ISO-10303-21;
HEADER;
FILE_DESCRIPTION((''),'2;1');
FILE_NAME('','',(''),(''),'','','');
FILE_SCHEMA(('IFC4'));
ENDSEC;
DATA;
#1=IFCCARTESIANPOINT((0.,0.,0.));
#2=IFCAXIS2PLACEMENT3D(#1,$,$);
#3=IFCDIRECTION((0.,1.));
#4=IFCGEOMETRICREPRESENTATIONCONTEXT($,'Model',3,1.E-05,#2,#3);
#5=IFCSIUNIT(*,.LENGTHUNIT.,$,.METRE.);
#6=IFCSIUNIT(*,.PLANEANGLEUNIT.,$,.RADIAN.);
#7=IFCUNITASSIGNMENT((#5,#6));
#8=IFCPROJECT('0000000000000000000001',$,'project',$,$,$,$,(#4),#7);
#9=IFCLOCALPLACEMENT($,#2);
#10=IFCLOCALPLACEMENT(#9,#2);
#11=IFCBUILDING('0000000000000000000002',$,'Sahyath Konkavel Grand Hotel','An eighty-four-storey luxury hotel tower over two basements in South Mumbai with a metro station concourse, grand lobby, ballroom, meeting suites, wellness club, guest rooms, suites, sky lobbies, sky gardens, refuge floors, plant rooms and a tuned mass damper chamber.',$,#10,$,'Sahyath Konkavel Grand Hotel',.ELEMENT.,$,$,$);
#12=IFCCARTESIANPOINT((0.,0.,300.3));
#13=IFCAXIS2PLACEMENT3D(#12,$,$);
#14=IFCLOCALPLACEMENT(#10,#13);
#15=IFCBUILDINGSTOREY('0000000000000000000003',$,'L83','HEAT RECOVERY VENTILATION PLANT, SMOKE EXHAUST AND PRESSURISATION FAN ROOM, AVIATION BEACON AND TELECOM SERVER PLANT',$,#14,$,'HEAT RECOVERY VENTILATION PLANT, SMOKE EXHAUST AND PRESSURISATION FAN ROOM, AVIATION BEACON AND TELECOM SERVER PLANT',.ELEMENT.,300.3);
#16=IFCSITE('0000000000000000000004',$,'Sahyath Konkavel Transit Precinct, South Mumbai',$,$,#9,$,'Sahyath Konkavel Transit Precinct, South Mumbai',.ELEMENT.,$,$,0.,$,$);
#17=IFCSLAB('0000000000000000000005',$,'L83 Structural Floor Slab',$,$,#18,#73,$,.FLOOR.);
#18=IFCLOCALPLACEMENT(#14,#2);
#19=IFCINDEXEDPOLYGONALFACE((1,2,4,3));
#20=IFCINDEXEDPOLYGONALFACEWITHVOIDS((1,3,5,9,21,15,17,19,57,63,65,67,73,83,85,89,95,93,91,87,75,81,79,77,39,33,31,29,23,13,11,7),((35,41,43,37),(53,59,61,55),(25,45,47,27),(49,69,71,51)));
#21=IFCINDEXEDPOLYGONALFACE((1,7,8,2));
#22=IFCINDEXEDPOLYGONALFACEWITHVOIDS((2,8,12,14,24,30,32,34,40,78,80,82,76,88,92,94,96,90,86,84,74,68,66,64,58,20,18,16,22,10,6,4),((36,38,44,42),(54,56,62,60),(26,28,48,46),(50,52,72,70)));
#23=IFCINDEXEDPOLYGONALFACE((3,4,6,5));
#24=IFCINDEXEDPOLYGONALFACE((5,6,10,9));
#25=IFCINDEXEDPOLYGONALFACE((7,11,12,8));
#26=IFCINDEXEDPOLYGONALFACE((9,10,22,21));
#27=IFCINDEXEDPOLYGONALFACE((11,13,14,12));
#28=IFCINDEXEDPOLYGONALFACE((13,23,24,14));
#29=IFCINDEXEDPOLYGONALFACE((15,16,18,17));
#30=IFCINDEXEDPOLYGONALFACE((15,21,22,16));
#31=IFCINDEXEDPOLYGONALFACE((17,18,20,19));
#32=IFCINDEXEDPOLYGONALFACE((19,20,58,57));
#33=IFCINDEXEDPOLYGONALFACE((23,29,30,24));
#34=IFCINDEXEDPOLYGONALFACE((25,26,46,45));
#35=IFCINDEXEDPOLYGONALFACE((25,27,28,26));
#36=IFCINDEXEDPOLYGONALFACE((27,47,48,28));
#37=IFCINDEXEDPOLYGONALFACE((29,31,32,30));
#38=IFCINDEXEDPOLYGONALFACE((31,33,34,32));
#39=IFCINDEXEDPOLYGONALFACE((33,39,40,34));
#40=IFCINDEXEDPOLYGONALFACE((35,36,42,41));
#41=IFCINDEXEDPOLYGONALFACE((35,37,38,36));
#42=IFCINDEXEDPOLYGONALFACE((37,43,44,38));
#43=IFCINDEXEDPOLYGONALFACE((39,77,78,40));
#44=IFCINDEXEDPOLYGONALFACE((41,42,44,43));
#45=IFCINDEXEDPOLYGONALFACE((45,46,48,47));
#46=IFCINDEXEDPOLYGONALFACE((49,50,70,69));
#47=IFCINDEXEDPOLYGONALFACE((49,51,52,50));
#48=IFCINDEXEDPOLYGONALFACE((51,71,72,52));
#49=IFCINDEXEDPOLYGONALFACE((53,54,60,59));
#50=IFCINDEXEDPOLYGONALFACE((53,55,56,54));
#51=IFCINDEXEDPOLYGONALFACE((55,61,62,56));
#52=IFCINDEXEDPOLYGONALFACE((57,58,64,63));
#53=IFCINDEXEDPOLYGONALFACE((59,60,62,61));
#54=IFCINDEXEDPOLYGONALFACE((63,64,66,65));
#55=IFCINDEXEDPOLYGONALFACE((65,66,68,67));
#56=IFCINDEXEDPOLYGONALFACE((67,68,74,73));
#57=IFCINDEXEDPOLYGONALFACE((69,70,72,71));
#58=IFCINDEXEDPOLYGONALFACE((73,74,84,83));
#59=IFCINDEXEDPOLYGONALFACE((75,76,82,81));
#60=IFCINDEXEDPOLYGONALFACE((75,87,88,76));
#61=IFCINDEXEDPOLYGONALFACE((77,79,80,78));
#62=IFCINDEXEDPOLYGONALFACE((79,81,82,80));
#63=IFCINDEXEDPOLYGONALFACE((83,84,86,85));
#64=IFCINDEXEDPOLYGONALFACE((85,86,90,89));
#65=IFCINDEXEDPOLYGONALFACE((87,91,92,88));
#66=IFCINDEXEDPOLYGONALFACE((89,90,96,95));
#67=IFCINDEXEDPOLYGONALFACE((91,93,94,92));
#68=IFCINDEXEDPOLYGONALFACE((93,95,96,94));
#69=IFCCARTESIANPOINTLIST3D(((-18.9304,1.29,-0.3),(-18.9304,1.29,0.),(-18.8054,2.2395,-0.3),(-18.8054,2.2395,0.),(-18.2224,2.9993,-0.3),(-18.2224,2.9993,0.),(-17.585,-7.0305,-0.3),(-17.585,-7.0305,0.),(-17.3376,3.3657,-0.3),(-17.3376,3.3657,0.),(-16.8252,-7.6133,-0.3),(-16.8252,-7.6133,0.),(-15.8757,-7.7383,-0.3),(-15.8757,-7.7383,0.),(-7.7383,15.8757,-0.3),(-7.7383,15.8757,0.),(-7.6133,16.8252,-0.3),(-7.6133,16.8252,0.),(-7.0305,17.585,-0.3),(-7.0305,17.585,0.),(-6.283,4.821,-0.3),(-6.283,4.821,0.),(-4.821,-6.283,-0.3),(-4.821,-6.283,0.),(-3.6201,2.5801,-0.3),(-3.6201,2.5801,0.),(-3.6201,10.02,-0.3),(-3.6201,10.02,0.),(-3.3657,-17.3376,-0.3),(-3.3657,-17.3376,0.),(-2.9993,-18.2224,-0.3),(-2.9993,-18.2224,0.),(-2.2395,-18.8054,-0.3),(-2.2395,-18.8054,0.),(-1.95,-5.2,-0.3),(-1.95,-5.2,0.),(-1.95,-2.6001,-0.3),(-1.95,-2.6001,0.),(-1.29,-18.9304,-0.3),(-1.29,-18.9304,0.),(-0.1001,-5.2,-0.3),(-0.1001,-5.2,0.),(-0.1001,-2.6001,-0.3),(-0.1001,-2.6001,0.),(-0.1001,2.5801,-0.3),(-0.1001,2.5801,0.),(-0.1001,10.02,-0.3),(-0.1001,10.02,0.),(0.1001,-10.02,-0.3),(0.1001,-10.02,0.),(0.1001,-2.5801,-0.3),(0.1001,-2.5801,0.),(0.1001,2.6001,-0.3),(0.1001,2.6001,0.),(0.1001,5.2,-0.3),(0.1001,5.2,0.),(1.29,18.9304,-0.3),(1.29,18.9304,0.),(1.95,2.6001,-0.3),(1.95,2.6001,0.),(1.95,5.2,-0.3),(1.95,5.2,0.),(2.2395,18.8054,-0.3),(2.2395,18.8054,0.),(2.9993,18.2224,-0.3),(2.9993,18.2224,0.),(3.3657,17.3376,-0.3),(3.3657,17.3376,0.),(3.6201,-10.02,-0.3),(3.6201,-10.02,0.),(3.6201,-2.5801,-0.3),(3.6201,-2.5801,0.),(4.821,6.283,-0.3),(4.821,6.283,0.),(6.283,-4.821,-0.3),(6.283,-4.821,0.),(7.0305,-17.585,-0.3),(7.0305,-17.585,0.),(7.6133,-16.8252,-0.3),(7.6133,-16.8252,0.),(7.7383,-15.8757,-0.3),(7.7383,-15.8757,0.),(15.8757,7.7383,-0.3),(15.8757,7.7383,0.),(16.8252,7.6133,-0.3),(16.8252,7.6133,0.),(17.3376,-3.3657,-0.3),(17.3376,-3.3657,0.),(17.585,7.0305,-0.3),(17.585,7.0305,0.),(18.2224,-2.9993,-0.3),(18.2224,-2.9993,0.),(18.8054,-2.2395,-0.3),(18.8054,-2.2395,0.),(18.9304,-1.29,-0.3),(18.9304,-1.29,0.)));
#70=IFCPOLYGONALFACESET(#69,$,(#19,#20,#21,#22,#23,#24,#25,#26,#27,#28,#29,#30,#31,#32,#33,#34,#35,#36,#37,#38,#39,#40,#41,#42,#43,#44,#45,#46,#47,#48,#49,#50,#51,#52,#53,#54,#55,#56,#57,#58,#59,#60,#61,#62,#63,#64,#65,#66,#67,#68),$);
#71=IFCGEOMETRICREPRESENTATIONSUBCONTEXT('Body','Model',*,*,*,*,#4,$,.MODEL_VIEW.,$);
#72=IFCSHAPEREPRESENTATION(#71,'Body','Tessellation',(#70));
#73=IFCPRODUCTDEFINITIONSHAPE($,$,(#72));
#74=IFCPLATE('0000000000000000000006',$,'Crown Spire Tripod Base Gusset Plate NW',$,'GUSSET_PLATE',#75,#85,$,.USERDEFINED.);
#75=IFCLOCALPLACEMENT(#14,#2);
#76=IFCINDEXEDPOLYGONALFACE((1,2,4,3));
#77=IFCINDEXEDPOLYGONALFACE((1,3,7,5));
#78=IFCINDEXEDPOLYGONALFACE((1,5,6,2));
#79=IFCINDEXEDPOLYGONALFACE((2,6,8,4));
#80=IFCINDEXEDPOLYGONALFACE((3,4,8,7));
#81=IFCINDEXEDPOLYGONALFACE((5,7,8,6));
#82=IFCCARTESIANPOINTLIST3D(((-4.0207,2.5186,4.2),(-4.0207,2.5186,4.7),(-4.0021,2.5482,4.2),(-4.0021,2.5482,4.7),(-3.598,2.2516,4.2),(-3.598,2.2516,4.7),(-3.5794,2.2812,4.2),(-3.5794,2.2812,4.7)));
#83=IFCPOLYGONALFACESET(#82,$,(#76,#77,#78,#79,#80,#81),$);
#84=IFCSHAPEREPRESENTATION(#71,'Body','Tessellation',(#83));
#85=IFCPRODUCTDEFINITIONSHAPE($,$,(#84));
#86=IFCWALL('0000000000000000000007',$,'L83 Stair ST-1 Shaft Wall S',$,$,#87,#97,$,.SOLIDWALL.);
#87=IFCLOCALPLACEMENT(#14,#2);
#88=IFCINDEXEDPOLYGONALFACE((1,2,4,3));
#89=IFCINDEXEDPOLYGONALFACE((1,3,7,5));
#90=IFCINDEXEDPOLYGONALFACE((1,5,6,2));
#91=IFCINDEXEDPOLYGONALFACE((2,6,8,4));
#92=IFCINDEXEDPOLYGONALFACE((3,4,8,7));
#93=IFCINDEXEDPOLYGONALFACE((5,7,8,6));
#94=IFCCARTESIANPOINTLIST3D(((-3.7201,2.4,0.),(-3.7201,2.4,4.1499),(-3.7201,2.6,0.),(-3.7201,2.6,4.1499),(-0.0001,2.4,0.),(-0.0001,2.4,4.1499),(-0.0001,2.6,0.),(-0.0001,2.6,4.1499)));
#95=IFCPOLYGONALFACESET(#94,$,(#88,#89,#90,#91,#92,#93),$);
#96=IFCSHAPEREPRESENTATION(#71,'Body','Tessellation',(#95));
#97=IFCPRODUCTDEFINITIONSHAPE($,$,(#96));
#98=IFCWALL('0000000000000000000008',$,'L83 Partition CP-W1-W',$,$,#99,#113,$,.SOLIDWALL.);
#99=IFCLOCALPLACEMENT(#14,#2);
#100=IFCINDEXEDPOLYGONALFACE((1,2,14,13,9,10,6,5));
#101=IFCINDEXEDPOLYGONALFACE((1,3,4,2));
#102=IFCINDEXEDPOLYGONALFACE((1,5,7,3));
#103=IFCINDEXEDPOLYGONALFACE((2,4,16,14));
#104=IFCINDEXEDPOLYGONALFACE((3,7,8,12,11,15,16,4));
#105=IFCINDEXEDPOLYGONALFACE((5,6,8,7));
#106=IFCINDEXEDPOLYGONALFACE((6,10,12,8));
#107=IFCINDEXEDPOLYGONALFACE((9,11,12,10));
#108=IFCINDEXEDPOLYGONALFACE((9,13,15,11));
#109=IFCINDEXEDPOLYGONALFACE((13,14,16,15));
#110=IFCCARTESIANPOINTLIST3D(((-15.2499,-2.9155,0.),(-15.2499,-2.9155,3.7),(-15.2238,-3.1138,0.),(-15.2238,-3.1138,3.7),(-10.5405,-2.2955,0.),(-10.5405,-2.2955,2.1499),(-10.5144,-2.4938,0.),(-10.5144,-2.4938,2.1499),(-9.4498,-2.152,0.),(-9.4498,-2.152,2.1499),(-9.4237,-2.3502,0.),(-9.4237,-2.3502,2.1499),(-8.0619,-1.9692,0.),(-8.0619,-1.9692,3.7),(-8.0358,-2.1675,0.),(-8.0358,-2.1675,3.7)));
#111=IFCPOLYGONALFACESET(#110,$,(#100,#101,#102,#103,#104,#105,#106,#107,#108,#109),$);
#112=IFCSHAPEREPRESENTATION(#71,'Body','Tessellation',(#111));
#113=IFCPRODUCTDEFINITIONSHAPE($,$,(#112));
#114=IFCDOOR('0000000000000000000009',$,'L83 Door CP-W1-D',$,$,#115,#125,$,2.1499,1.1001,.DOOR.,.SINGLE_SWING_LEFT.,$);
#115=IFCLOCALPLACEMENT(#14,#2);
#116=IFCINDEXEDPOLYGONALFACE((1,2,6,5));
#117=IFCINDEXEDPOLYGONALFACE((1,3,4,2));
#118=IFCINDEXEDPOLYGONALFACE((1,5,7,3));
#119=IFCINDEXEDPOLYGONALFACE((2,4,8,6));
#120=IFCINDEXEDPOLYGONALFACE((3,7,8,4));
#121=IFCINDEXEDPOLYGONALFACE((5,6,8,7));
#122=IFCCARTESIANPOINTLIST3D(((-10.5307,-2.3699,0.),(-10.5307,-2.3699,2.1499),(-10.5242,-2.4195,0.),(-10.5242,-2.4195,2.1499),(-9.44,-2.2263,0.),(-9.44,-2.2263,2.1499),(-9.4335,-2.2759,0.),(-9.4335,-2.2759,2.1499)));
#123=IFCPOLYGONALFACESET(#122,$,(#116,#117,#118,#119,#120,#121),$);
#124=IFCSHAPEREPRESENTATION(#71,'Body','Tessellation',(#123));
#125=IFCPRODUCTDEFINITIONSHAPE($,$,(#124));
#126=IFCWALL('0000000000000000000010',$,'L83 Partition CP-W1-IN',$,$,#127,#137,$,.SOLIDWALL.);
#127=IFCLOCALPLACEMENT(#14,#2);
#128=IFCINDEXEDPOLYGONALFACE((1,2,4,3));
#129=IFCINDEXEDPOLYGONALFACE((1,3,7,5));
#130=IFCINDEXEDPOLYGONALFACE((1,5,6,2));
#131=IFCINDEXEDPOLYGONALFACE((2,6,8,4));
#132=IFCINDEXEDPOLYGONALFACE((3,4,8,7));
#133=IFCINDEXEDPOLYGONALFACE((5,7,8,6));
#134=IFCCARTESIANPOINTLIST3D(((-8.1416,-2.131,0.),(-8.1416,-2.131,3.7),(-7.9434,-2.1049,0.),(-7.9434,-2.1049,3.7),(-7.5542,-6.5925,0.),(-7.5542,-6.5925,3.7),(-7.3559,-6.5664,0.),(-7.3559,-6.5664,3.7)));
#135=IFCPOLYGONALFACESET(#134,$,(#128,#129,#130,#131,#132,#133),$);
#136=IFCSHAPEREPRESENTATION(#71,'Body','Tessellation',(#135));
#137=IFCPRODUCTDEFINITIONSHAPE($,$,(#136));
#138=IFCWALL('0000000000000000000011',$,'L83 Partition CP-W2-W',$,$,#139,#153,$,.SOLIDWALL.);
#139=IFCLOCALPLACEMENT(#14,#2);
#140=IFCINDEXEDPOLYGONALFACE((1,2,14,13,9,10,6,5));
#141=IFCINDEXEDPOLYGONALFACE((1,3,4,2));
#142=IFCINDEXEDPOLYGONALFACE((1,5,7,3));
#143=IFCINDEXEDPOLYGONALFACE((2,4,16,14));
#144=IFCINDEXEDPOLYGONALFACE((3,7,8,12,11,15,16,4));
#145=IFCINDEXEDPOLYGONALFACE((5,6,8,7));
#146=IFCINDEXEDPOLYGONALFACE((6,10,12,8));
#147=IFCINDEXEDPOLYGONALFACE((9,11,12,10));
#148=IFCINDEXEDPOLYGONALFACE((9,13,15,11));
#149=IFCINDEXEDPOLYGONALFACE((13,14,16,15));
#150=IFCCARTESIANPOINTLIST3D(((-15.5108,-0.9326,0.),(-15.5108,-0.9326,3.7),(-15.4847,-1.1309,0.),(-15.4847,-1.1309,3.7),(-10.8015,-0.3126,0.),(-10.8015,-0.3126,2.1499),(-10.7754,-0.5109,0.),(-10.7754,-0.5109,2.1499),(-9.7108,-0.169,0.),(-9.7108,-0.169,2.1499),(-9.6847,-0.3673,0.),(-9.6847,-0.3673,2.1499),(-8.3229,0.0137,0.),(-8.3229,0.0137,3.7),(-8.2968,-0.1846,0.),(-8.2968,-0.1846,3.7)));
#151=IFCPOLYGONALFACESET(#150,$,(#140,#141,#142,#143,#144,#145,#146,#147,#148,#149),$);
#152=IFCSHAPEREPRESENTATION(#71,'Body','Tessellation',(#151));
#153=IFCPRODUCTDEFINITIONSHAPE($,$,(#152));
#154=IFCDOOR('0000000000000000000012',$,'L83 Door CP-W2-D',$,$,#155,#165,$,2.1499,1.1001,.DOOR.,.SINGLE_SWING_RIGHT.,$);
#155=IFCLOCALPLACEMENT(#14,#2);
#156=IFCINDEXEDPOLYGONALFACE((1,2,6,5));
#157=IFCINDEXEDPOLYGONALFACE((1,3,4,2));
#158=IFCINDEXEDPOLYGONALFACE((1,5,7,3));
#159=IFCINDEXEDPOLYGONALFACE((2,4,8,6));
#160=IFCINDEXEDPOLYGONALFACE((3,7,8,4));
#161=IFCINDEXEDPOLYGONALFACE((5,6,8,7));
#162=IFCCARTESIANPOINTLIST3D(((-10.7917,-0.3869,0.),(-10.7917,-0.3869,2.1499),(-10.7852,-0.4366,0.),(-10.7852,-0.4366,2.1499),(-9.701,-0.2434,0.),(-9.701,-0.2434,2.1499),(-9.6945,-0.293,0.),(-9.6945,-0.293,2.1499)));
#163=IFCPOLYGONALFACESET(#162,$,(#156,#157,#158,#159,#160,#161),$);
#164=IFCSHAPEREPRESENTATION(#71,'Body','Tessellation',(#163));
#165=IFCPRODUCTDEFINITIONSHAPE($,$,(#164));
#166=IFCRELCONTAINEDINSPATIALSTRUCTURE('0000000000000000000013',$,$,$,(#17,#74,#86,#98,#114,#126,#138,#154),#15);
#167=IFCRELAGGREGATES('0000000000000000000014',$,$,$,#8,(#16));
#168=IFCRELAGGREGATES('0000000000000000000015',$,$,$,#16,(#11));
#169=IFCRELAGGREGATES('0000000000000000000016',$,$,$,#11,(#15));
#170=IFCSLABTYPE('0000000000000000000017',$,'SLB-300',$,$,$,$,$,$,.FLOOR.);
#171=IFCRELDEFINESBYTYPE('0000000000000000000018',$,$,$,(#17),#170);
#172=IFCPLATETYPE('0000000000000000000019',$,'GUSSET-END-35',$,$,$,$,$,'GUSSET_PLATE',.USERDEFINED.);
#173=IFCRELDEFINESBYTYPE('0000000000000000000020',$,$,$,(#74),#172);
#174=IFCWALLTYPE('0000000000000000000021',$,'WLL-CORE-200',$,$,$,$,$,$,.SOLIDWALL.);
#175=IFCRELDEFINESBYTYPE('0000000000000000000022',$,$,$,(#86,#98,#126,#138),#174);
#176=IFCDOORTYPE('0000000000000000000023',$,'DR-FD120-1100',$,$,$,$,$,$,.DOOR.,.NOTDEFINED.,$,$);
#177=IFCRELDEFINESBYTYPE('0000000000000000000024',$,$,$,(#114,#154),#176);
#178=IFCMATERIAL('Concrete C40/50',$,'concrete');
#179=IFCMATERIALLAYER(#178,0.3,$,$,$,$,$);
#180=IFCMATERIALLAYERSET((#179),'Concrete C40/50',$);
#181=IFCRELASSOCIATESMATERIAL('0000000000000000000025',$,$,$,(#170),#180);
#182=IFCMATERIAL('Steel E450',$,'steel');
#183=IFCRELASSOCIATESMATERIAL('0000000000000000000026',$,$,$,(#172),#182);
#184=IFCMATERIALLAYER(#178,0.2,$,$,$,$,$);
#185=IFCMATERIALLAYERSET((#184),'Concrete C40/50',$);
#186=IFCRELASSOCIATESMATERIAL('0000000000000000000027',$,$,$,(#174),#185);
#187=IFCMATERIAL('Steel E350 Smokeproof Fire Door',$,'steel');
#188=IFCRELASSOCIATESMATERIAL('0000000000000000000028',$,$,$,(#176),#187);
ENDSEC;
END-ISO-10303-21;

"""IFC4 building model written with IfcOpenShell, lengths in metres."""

from ifc_helpers import new_model, si_unit, direction, frame, frame_2d, origin, origin_2d, place, context, subcontext, project, spatial, polyline, rectangle, outline, extrude, source, transform, mapped, material, layer, layer_set, type_object, element, fill, save


model = new_model("IFC4")

# Units and contexts
model_context = context("Model", 3, precision=1e-05, world=origin(), true_north=direction((0.0, 1.0)))
body_context = subcontext(model_context, "Body", "Model", "MODEL_VIEW")
ifc_project = project(units=[si_unit("LENGTHUNIT", "METRE"), si_unit("PLANEANGLEUNIT", "RADIAN")], contexts=[model_context])

# Site, building, storey
site_placement = place(None, origin())
site = spatial("IfcSite", under=ifc_project, at=site_placement, Name="Sahyath Konkavel Transit Precinct, South Mumbai", LongName="Sahyath Konkavel Transit Precinct, South Mumbai", CompositionType="ELEMENT", RefElevation=0.0)
building_placement = place(site_placement, origin())
building = spatial("IfcBuilding", under=site, at=building_placement, Name="Sahyath Konkavel Grand Hotel", Description="An eighty-four-storey luxury hotel tower over two basements in South Mumbai with a metro station concourse, grand lobby, ballroom, meeting suites, wellness club, guest rooms, suites, sky lobbies, sky gardens, refuge floors, plant rooms and a tuned mass damper chamber.", LongName="Sahyath Konkavel Grand Hotel", CompositionType="ELEMENT")
storey_placement = place(building_placement, frame((0.0, 0.0, 300.3)))
storey = spatial("IfcBuildingStorey", under=building, at=storey_placement, Name="L83", Description="HEAT RECOVERY VENTILATION PLANT, SMOKE EXHAUST AND PRESSURISATION FAN ROOM, AVIATION BEACON AND TELECOM SERVER PLANT", LongName="HEAT RECOVERY VENTILATION PLANT, SMOKE EXHAUST AND PRESSURISATION FAN ROOM, AVIATION BEACON AND TELECOM SERVER PLANT", CompositionType="ELEMENT", Elevation=300.3)

# Shared definitions
ifc_material_1 = material(Name="Concrete C40/50", Category="concrete")

# Shared definitions
ifc_material_2 = material(Name="Steel E450", Category="steel")

# Slab
ifc_layer_1 = layer(ifc_material_1, 0.3)
ifc_layer_set_1 = layer_set([ifc_layer_1], Name="Concrete C40/50")
slab_type = type_object("IfcSlabType", Name="SLB-300", PredefinedType="FLOOR", material=ifc_layer_set_1)
slab_placement = place(storey_placement, frame((0.0, 0.0, -0.3)))
element("IfcSlab", 1, at=slab_placement, inside=storey, type_object=slab_type, Name="L83 Structural Floor Slab", PredefinedType="FLOOR", context=body_context, shape_type="SweptSolid", body=[
    extrude(outline(polyline([(6.283, -4.821), (17.3376, -3.3657), (18.2224, -2.9993), (18.8054, -2.2395), (18.9304, -1.29), (17.585, 7.0305), (16.8252, 7.6133), (15.8757, 7.7383), (4.821, 6.283), (3.3657, 17.3376), (2.9993, 18.2224), (2.2395, 18.8054), (1.29, 18.9304), (-7.0305, 17.585), (-7.6133, 16.8252), (-7.7383, 15.8757), (-6.283, 4.821), (-17.3376, 3.3657), (-18.2224, 2.9993), (-18.8054, 2.2395), (-18.9304, 1.29), (-17.585, -7.0305), (-16.8252, -7.6133), (-15.8757, -7.7383), (-4.821, -6.283), (-3.3657, -17.3376), (-2.9993, -18.2224), (-2.2395, -18.8054), (-1.29, -18.9304), (7.0305, -17.585), (7.6133, -16.8252), (7.7383, -15.8757), (6.283, -4.821)]), holes=[polyline([(-3.6201, 2.5801), (-0.1001, 2.5801), (-0.1001, 10.02), (-3.6201, 10.02), (-3.6201, 2.5801)]), polyline([(0.1001, -10.02), (3.6201, -10.02), (3.6201, -2.5801), (0.1001, -2.5801), (0.1001, -10.02)]), polyline([(0.1001, 2.6001), (1.95, 2.6001), (1.95, 5.2), (0.1001, 5.2), (0.1001, 2.6001)]), polyline([(-1.95, -5.2), (-0.1001, -5.2), (-0.1001, -2.6001), (-1.95, -2.6001), (-1.95, -5.2)])]), origin(), (0.0, 0.0, 1.0), 0.3),
])

# Plate
plate_type = type_object("IfcPlateType", Name="GUSSET-END-35", ElementType="GUSSET_PLATE", PredefinedType="USERDEFINED", material=ifc_material_2)
shared_shape_1 = source(origin(), body_context, "Body", "SweptSolid", [
    extrude(rectangle(XDim=0.5, YDim=0.0349, at=origin_2d()), origin(), (0.0, 0.0, 1.0), 0.5),
])
plate_placement = place(storey_placement, frame((-3.8, 2.3999, 4.2), z_axis=(0.0, 0.0, 1.0), x_axis=(0.845486, -0.533998, 0.0)))
element("IfcPlate", 2, at=plate_placement, inside=storey, type_object=plate_type, Name="Crown Spire Tripod Base Gusset Plate NW", ObjectType="GUSSET_PLATE", PredefinedType="USERDEFINED", context=body_context, shape_type="MappedRepresentation", body=[
    mapped(shared_shape_1, transform((0.0, 0.0, 0.0), scale=1.0)),
])

# Wall
ifc_layer_2 = layer(ifc_material_1, 0.2)
ifc_layer_set_2 = layer_set([ifc_layer_2], Name="Concrete C40/50")
wall_type_1 = type_object("IfcWallType", Name="WLL-CORE-200", PredefinedType="SOLIDWALL", material=ifc_layer_set_2)
wall_1_placement = place(storey_placement, frame((-3.72, 2.5, 0.0), z_axis=(0.0, 0.0, 1.0), x_axis=(1.0, 0.0, 0.0)))
element("IfcWall", 3, at=wall_1_placement, inside=storey, type_object=wall_type_1, Name="L83 Stair ST-1 Shaft Wall S", PredefinedType="SOLIDWALL", context=body_context, shape_type="SweptSolid", body=[
    extrude(rectangle(XDim=3.72, YDim=0.2, at=frame_2d((1.8599, 0.0))), origin(), (0.0, 0.0, 1.0), 4.1499),
])

# Wall, opening, door
wall_2_placement = place(storey_placement, frame((-8.0488, -2.0684, 0.0), z_axis=(0.0, 0.0, 1.0), x_axis=(-0.991445, -0.130522, 0.0)))
wall_2 = element("IfcWall", 4, at=wall_2_placement, inside=storey, type_object=wall_type_1, Name="L83 Partition CP-W1-W", PredefinedType="SOLIDWALL", context=body_context, shape_type="SweptSolid", body=[
    extrude(rectangle(XDim=7.25, YDim=0.2, at=frame_2d((3.625, 0.0))), origin(), (0.0, 0.0, 1.0), 3.7),
])
opening_1_placement = place(wall_2_placement, frame((1.3999, 0.0, 0.0)))
opening_1 = element("IfcOpeningElement", 5, at=opening_1_placement, cuts=wall_2, PredefinedType="OPENING", context=body_context, shape_type="SweptSolid", body=[
    extrude(rectangle(XDim=1.1001, YDim=2.1499, at=frame_2d((0.55, 1.075))), frame((0.0, 0.1099, 0.0), z_axis=(0.0, -1.0, 0.0), x_axis=(1.0, 0.0, 0.0)), (0.0, 0.0, 1.0), 0.22),
])
ifc_material_3 = material(Name="Steel E350 Smokeproof Fire Door", Category="steel")
door_type = type_object("IfcDoorType", Name="DR-FD120-1100", OperationType="NOTDEFINED", PredefinedType="DOOR", material=ifc_material_3)
shared_shape_2 = source(origin(), body_context, "Body", "SweptSolid", [
    extrude(rectangle(XDim=1.1001, YDim=0.05, at=origin_2d()), origin(), (0.0, 0.0, 1.0), 2.1499),
])
door_1_placement = place(opening_1_placement, frame((0.55, 0.0, 0.0)))
door_1 = element("IfcDoor", 6, at=door_1_placement, inside=storey, type_object=door_type, Name="L83 Door CP-W1-D", OperationType="SINGLE_SWING_LEFT", OverallHeight=2.1499, OverallWidth=1.1001, PredefinedType="DOOR", context=body_context, shape_type="MappedRepresentation", body=[
    mapped(shared_shape_2, transform((0.0, 0.0, 0.0), scale=1.0)),
])
fill(opening_1, door_1)

# Wall
wall_3_placement = place(storey_placement, frame((-8.0425, -2.1179, 0.0), z_axis=(0.0, 0.0, 1.0), x_axis=(0.130536, -0.991444, 0.0)))
element("IfcWall", 7, at=wall_3_placement, inside=storey, type_object=wall_type_1, Name="L83 Partition CP-W1-IN", PredefinedType="SOLIDWALL", context=body_context, shape_type="SweptSolid", body=[
    extrude(rectangle(XDim=4.5, YDim=0.2, at=frame_2d((2.25, 0.0))), origin(), (0.0, 0.0, 1.0), 3.7),
])

# Wall, opening, door
wall_4_placement = place(storey_placement, frame((-8.3098, -0.0854, 0.0), z_axis=(0.0, 0.0, 1.0), x_axis=(-0.991445, -0.130522, 0.0)))
wall_4 = element("IfcWall", 8, at=wall_4_placement, inside=storey, type_object=wall_type_1, Name="L83 Partition CP-W2-W", PredefinedType="SOLIDWALL", context=body_context, shape_type="SweptSolid", body=[
    extrude(rectangle(XDim=7.25, YDim=0.2, at=frame_2d((3.625, 0.0))), origin(), (0.0, 0.0, 1.0), 3.7),
])
opening_2_placement = place(wall_4_placement, frame((1.3999, 0.0, 0.0)))
opening_2 = element("IfcOpeningElement", 9, at=opening_2_placement, cuts=wall_4, PredefinedType="OPENING", context=body_context, shape_type="SweptSolid", body=[
    extrude(rectangle(XDim=1.1001, YDim=2.1499, at=frame_2d((0.55, 1.075))), frame((0.0, 0.1099, 0.0), z_axis=(0.0, -1.0, 0.0), x_axis=(1.0, 0.0, 0.0)), (0.0, 0.0, 1.0), 0.22),
])
door_2_placement = place(opening_2_placement, frame((0.55, 0.0, 0.0)))
door_2 = element("IfcDoor", 10, at=door_2_placement, inside=storey, type_object=door_type, Name="L83 Door CP-W2-D", OperationType="SINGLE_SWING_RIGHT", OverallHeight=2.1499, OverallWidth=1.1001, PredefinedType="DOOR", context=body_context, shape_type="MappedRepresentation", body=[
    mapped(shared_shape_2, transform((0.0, 0.0, 0.0), scale=1.0)),
])
fill(opening_2, door_2)

save(model, "model.ifc")
